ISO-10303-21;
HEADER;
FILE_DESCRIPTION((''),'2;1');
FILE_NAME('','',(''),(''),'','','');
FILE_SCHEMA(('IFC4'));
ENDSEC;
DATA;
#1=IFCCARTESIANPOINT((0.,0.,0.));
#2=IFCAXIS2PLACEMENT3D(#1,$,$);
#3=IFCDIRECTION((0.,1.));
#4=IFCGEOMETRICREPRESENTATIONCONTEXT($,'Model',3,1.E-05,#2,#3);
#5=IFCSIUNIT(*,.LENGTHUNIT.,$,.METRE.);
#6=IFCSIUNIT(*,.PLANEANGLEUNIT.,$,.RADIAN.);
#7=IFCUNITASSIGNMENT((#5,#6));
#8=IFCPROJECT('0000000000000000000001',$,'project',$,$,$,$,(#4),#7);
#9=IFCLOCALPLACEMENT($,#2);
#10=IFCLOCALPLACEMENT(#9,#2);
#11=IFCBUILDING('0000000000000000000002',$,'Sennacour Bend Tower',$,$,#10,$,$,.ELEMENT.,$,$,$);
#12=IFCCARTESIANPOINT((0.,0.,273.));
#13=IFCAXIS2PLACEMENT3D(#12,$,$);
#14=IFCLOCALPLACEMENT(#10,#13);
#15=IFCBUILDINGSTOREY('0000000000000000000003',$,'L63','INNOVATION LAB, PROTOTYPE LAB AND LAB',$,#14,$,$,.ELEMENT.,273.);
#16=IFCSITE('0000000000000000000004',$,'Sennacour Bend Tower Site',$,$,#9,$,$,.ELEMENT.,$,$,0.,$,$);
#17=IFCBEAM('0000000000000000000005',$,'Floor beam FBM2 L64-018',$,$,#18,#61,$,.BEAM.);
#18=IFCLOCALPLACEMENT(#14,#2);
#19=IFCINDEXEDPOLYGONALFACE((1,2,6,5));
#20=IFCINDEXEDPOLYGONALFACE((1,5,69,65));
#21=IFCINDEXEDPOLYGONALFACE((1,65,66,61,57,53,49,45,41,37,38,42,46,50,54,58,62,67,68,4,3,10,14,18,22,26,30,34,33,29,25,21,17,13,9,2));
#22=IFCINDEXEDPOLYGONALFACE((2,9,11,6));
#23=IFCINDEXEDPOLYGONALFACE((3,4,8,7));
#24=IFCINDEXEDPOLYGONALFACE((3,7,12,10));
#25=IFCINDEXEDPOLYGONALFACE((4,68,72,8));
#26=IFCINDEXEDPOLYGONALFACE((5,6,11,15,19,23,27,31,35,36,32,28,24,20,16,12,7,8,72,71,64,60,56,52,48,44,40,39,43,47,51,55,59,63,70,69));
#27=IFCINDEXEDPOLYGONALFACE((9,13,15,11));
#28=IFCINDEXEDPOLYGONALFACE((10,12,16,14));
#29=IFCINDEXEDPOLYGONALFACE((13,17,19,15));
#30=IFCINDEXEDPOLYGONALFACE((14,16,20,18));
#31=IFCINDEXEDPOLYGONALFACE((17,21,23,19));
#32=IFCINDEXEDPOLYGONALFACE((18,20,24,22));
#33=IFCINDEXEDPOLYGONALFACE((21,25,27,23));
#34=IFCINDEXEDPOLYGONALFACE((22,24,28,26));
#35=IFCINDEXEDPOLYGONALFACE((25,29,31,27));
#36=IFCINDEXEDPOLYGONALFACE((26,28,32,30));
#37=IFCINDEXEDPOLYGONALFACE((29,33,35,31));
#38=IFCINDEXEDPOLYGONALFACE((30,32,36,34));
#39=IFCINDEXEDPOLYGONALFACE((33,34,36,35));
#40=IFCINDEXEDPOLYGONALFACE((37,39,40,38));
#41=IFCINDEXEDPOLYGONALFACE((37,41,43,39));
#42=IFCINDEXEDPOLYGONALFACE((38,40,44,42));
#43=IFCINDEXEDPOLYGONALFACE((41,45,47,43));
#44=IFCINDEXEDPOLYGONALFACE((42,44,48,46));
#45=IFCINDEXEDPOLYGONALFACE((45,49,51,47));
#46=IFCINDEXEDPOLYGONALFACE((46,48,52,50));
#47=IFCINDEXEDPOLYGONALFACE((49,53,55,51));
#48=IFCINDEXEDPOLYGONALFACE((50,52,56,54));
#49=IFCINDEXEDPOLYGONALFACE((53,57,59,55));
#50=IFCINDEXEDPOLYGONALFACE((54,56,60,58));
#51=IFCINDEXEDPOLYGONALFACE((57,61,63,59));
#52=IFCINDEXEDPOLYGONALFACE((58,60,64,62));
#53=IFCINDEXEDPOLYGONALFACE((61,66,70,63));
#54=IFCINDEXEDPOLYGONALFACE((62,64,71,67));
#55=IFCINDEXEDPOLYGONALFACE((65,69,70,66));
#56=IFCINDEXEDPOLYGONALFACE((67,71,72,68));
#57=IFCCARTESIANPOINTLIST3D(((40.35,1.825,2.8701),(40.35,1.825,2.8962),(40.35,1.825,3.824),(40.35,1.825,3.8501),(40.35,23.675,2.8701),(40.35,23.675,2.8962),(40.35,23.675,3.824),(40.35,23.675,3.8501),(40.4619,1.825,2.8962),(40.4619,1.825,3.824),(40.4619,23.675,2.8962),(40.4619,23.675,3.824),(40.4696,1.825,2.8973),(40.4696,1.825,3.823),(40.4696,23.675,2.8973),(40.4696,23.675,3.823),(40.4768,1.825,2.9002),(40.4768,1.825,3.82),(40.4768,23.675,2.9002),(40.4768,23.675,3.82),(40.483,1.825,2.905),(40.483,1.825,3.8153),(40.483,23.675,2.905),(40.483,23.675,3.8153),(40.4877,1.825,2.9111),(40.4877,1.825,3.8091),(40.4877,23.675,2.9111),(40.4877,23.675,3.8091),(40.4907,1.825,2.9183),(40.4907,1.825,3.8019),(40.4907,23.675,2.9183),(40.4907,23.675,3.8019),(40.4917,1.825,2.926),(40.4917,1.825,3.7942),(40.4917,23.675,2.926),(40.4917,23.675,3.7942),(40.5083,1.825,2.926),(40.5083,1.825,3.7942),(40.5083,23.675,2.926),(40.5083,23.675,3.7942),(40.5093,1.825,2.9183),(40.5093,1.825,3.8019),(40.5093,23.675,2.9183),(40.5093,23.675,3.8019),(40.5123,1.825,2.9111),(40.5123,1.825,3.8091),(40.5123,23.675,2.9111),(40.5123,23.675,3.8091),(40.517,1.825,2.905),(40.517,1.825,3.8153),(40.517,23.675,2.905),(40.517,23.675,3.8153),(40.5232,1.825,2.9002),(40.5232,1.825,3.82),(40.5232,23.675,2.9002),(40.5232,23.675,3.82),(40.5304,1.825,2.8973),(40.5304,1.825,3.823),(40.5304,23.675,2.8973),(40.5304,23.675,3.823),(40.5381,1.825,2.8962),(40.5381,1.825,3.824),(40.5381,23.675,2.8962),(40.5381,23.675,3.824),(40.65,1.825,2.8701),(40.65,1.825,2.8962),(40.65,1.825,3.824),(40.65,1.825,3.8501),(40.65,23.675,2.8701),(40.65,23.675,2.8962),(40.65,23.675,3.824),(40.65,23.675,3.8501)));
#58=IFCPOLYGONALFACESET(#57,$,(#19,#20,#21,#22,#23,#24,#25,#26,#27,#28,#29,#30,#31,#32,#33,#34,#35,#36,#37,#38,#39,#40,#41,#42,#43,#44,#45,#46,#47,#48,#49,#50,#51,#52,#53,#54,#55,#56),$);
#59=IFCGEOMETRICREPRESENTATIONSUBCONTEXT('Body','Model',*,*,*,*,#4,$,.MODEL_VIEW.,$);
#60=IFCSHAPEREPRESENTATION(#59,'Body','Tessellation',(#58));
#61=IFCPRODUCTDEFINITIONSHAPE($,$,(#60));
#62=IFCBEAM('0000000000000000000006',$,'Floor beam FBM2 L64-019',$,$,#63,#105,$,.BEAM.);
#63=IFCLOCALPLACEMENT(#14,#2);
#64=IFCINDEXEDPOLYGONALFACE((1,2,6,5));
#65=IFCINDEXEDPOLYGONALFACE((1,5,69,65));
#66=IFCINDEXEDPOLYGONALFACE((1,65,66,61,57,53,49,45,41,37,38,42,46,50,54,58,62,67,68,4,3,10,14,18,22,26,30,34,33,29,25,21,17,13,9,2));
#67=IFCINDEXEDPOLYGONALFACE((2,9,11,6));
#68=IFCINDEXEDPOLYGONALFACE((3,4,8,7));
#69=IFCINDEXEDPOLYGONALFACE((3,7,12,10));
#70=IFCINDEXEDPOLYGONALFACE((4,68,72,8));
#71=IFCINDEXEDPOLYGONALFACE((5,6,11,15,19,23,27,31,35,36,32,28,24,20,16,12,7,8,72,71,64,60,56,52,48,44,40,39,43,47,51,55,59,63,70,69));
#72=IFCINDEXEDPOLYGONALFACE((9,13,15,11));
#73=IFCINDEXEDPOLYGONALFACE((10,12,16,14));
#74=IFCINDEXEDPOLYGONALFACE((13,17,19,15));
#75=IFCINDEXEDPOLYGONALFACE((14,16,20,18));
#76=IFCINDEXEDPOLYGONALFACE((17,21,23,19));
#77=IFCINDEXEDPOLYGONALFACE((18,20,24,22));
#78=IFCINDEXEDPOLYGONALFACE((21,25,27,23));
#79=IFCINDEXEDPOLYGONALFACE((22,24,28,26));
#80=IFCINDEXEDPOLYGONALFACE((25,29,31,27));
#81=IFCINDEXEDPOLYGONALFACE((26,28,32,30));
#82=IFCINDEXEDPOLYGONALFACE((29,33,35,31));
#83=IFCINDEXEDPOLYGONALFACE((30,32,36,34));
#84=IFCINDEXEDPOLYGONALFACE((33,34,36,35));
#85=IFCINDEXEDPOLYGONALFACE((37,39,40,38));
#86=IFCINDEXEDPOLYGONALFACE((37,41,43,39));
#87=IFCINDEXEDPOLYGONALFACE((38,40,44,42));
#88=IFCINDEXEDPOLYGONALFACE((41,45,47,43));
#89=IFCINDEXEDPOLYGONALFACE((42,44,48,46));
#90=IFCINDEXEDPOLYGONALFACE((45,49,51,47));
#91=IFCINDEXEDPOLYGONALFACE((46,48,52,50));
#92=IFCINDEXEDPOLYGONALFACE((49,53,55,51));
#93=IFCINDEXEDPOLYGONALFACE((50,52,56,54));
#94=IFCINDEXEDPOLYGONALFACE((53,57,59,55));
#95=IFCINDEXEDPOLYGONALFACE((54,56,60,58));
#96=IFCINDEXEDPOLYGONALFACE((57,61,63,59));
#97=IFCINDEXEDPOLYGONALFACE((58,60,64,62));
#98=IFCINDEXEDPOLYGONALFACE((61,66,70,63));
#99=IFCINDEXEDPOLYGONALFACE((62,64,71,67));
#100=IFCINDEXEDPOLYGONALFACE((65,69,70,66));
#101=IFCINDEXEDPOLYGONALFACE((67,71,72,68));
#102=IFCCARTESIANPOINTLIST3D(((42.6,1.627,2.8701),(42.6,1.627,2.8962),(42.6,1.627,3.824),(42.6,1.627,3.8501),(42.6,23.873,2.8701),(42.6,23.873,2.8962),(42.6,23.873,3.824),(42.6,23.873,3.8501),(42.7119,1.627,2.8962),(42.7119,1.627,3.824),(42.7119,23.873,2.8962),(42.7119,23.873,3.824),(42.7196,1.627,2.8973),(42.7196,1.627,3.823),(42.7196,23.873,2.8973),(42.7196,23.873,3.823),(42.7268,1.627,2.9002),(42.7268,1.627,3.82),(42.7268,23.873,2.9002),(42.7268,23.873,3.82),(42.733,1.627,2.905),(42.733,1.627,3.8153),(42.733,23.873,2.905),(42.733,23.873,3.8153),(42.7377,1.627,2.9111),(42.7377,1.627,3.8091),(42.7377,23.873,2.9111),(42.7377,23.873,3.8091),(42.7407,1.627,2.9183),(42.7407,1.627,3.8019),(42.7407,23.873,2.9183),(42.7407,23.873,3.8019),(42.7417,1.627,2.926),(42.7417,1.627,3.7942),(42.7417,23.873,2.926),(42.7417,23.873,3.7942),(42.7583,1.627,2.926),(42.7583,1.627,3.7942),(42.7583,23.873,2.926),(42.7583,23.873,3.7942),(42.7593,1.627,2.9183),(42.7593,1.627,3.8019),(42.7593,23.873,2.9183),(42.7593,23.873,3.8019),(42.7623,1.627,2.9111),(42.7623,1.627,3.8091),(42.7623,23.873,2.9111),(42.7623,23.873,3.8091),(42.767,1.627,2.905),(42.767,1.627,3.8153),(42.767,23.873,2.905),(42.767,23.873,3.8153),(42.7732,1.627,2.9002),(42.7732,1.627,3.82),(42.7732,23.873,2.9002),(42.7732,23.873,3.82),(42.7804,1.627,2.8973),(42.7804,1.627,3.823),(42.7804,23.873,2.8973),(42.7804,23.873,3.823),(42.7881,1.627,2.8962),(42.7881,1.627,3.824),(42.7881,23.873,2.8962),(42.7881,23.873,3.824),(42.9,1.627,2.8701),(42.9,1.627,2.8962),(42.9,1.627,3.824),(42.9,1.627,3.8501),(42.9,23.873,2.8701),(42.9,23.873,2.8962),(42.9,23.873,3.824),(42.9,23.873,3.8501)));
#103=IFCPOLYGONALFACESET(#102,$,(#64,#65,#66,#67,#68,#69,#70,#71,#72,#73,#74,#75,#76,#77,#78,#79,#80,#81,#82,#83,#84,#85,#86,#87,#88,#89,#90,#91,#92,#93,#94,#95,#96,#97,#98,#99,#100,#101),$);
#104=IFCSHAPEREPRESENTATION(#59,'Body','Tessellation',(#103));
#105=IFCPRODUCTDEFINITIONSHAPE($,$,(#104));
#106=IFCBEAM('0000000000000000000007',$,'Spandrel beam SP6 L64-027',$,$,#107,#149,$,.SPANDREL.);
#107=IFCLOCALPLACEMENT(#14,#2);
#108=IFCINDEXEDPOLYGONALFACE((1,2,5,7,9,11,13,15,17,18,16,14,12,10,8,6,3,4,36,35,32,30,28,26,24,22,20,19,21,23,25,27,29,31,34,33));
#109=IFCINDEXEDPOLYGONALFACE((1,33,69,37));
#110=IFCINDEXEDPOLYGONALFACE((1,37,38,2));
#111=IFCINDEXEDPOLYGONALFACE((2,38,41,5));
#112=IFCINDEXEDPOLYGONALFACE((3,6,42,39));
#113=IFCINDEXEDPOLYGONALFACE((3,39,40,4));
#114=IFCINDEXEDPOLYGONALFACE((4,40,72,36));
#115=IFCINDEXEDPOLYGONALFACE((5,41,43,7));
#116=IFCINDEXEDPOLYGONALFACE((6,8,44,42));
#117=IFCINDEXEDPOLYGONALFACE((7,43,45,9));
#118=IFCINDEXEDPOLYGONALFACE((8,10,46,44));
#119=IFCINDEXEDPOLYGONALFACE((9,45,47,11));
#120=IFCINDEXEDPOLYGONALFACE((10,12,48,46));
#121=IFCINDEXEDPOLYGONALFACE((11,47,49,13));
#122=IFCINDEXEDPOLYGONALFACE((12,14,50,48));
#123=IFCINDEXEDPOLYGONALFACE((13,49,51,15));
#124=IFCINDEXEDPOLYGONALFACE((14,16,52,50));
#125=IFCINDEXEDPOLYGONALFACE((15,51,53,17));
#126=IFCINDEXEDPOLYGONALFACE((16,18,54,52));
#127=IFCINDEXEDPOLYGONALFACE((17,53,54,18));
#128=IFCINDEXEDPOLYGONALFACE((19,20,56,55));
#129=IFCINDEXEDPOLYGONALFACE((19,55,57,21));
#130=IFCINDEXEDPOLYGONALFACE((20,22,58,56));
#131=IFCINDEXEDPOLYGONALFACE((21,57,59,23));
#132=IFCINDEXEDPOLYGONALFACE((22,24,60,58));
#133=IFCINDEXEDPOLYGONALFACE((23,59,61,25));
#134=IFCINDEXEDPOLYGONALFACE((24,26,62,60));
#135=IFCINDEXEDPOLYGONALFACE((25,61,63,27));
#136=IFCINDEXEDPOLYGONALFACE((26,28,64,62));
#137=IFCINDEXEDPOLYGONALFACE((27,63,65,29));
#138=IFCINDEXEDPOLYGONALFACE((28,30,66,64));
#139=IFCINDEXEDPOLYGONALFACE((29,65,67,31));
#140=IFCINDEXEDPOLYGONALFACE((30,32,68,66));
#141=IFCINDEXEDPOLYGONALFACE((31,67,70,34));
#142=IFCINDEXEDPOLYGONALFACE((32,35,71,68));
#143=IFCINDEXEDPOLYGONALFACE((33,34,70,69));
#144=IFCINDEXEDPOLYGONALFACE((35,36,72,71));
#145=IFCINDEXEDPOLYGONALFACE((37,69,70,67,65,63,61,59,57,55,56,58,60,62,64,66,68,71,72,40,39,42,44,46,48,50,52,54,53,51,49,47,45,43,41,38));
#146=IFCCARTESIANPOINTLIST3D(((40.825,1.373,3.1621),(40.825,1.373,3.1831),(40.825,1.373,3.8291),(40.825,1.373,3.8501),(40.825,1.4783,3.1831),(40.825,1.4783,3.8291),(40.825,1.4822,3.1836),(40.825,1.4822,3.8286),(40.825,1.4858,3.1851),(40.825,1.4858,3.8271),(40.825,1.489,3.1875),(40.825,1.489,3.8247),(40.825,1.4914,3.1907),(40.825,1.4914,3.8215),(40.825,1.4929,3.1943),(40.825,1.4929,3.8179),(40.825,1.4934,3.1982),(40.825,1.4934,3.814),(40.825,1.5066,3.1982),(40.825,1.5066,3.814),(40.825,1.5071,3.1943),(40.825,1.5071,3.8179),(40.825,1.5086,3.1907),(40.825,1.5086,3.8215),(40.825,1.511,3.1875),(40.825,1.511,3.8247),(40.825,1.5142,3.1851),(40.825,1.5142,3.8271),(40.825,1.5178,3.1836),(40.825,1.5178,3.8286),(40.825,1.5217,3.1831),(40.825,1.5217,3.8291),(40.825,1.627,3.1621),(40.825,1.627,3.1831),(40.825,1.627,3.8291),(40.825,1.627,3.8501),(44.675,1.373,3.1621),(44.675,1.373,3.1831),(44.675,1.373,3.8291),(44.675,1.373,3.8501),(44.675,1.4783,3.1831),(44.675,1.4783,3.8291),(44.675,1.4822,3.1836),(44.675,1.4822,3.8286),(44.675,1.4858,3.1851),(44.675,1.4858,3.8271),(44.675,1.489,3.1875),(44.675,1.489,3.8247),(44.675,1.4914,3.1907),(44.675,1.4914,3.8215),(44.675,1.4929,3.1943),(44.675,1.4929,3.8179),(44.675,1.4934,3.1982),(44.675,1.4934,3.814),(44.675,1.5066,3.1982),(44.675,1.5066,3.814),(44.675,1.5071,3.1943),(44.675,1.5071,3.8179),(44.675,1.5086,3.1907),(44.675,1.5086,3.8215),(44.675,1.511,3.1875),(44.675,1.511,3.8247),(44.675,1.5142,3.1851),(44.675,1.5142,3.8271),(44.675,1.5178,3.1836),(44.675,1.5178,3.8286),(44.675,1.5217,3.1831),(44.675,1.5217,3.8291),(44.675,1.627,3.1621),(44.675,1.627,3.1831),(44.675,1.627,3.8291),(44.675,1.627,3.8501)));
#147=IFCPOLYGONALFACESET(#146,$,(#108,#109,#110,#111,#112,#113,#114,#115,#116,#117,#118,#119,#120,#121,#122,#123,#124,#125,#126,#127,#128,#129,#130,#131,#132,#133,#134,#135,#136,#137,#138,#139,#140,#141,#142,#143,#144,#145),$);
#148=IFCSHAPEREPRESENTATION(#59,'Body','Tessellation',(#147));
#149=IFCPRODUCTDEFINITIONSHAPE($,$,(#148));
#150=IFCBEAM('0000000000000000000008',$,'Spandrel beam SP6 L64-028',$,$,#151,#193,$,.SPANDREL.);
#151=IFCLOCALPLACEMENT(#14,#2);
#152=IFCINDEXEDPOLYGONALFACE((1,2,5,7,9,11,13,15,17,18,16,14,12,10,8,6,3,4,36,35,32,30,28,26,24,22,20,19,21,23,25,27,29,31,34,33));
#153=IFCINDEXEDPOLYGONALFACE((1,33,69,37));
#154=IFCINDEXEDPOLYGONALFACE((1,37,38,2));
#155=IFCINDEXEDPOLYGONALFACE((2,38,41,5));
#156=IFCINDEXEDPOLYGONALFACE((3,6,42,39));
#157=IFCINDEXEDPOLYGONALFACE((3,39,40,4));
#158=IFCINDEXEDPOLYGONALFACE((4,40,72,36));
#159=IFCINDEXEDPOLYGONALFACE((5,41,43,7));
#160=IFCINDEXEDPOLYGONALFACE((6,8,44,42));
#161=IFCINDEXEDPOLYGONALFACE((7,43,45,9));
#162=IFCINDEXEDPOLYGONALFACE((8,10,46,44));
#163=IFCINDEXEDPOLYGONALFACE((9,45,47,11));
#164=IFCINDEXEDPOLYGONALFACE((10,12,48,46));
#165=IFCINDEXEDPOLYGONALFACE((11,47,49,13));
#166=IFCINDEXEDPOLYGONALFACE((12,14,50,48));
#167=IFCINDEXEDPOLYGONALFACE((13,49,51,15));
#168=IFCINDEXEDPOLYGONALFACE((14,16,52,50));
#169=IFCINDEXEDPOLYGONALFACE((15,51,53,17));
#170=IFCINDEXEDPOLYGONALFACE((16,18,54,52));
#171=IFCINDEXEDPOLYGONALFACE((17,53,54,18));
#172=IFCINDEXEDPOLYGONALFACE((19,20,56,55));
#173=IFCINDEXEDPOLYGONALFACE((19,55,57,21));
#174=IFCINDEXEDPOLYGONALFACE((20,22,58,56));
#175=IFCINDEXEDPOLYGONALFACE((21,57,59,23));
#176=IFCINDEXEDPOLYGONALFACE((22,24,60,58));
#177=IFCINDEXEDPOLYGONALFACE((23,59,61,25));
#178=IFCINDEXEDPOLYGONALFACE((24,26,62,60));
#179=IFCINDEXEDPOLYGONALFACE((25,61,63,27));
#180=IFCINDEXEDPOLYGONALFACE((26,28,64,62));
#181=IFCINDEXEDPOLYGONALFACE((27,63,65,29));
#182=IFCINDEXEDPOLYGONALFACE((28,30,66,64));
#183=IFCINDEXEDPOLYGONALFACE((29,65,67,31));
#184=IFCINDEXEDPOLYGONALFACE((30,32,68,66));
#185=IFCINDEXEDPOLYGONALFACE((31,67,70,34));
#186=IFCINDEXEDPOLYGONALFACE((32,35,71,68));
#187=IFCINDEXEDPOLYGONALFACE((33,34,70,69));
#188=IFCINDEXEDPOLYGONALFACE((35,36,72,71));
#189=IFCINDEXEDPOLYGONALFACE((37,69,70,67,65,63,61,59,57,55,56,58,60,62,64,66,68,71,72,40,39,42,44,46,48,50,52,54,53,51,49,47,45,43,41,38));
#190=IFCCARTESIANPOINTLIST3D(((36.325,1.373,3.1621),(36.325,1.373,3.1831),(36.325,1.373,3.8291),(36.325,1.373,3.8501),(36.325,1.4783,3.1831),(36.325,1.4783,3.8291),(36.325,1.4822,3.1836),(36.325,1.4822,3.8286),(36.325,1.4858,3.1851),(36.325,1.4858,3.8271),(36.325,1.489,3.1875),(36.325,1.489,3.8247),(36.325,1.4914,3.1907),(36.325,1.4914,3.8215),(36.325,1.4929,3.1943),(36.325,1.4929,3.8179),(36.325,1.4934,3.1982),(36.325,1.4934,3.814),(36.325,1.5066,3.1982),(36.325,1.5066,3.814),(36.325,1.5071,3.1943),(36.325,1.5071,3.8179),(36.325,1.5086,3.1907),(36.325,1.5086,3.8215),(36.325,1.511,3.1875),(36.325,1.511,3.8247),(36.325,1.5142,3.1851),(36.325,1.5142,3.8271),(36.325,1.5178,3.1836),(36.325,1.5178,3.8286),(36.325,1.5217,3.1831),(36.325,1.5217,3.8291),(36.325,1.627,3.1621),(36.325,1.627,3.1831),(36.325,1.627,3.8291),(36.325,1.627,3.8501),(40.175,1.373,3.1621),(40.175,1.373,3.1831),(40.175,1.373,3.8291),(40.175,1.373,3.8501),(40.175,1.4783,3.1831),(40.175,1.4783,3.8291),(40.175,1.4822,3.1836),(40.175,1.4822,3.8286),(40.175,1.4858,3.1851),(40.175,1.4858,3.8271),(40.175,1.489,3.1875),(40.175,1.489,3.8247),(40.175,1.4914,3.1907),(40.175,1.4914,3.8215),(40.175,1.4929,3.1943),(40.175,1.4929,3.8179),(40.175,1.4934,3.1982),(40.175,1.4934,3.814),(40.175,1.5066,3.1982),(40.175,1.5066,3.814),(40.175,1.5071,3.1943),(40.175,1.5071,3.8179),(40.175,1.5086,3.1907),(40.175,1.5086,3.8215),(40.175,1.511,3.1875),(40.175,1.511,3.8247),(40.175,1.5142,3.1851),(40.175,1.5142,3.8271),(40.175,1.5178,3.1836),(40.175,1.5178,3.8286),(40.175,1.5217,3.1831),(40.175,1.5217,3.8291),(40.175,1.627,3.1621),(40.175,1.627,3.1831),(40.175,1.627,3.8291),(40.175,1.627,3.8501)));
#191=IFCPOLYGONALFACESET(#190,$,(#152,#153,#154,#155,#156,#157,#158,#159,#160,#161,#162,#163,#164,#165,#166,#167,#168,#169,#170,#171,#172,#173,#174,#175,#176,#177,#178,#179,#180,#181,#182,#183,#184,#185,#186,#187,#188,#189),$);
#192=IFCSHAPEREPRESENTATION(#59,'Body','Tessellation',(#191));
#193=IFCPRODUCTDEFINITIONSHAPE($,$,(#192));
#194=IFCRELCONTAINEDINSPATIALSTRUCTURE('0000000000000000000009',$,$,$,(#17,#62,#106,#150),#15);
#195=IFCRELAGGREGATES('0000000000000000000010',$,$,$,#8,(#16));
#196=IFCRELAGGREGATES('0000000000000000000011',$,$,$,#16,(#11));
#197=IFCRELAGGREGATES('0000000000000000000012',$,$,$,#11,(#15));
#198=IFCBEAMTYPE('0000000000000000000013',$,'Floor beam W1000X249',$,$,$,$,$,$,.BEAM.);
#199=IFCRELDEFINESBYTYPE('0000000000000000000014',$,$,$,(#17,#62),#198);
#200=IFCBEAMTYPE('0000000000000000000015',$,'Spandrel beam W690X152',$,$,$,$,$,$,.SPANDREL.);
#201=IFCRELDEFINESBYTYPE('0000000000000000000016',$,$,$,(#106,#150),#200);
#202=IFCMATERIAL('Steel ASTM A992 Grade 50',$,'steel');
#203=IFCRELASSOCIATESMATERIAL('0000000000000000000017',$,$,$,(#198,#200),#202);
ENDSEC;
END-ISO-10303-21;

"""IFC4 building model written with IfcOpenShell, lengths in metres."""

from ifc_helpers import new_model, si_unit, direction, frame, origin, origin_2d, place, context, subcontext, project, spatial, i_section, extrude, material, material_profile, profile_set, type_object, element, save


model = new_model("IFC4")

# Units and contexts
model_context = context("Model", 3, precision=1e-05, world=origin(), true_north=direction((0.0, 1.0)))
body_context = subcontext(model_context, "Body", "Model", "MODEL_VIEW")
ifc_project = project(units=[si_unit("LENGTHUNIT", "METRE"), si_unit("PLANEANGLEUNIT", "RADIAN")], contexts=[model_context])

# Site, building, storey
site_placement = place(None, origin())
site = spatial("IfcSite", under=ifc_project, at=site_placement, Name="Sennacour Bend Tower Site", CompositionType="ELEMENT", RefElevation=0.0)
building_placement = place(site_placement, origin())
building = spatial("IfcBuilding", under=site, at=building_placement, Name="Sennacour Bend Tower", CompositionType="ELEMENT")
storey_placement = place(building_placement, frame((0.0, 0.0, 273.0)))
storey = spatial("IfcBuildingStorey", under=building, at=storey_placement, Name="L63", Description="INNOVATION LAB, PROTOTYPE LAB AND LAB", CompositionType="ELEMENT", Elevation=273.0)

# Beams
ifc_material_1 = material(Name="Steel ASTM A992 Grade 50", Category="steel")
ifc_material_profile_1 = material_profile(ifc_material_1, i_section(OverallWidth=0.3, OverallDepth=0.98, WebThickness=0.0166, FlangeThickness=0.0261, FilletRadius=0.0298, at=origin_2d()), Name="Steel ASTM A992 Grade 50", Category="steel")
ifc_profile_set_1 = profile_set([ifc_material_profile_1], Name="Steel ASTM A992 Grade 50")
beam_type_1 = type_object("IfcBeamType", Name="Floor beam W1000X249", PredefinedType="BEAM", material=ifc_profile_set_1)
beam_1_placement = place(storey_placement, frame((40.5, 1.825, 3.3601), z_axis=(0.0, 1.0, 0.0), x_axis=(-1.0, 0.0, 0.0)))
element("IfcBeam", 1, at=beam_1_placement, inside=storey, type_object=beam_type_1, Name="Floor beam FBM2 L64-018", PredefinedType="BEAM", context=body_context, shape_type="SweptSolid", body=[
    extrude(i_section(OverallWidth=0.3, OverallDepth=0.98, WebThickness=0.0166, FlangeThickness=0.0261, FilletRadius=0.0298, at=origin_2d()), origin(), (0.0, 0.0, 1.0), 21.8501),
])
beam_2_placement = place(storey_placement, frame((42.75, 1.627, 3.3601), z_axis=(0.0, 1.0, 0.0), x_axis=(-1.0, 0.0, 0.0)))
element("IfcBeam", 2, at=beam_2_placement, inside=storey, type_object=beam_type_1, Name="Floor beam FBM2 L64-019", PredefinedType="BEAM", context=body_context, shape_type="SweptSolid", body=[
    extrude(i_section(OverallWidth=0.3, OverallDepth=0.98, WebThickness=0.0166, FlangeThickness=0.0261, FilletRadius=0.0298, at=origin_2d()), origin(), (0.0, 0.0, 1.0), 22.2461),
])
ifc_material_profile_2 = material_profile(ifc_material_1, i_section(OverallWidth=0.2539, OverallDepth=0.688, WebThickness=0.0132, FlangeThickness=0.021, FilletRadius=0.0151, at=origin_2d()), Name="Steel ASTM A992 Grade 50", Category="steel")
ifc_profile_set_2 = profile_set([ifc_material_profile_2], Name="Steel ASTM A992 Grade 50")
beam_type_2 = type_object("IfcBeamType", Name="Spandrel beam W690X152", PredefinedType="SPANDREL", material=ifc_profile_set_2)
for number, where, z_axis, x_axis, name in (
    (3, (44.675, 1.5, 3.5061), (-1.0, 0.0, 0.0), (0.0, -1.0, 0.0), "Spandrel beam SP6 L64-027"),
    (4, (40.175, 1.5, 3.5061), (-1.0, 0.0, 0.0), (0.0, -1.0, 0.0), "Spandrel beam SP6 L64-028"),
):
    element("IfcBeam", number, at=place(storey_placement, frame(where, z_axis=z_axis, x_axis=x_axis)), inside=storey, type_object=beam_type_2, Name=name, PredefinedType="SPANDREL", context=body_context, shape_type="SweptSolid", body=[
        extrude(i_section(OverallWidth=0.2539, OverallDepth=0.688, WebThickness=0.0132, FlangeThickness=0.021, FilletRadius=0.0151, at=origin_2d()), origin(), (0.0, 0.0, 1.0), 3.8501),
    ])

save(model, "model.ifc")
